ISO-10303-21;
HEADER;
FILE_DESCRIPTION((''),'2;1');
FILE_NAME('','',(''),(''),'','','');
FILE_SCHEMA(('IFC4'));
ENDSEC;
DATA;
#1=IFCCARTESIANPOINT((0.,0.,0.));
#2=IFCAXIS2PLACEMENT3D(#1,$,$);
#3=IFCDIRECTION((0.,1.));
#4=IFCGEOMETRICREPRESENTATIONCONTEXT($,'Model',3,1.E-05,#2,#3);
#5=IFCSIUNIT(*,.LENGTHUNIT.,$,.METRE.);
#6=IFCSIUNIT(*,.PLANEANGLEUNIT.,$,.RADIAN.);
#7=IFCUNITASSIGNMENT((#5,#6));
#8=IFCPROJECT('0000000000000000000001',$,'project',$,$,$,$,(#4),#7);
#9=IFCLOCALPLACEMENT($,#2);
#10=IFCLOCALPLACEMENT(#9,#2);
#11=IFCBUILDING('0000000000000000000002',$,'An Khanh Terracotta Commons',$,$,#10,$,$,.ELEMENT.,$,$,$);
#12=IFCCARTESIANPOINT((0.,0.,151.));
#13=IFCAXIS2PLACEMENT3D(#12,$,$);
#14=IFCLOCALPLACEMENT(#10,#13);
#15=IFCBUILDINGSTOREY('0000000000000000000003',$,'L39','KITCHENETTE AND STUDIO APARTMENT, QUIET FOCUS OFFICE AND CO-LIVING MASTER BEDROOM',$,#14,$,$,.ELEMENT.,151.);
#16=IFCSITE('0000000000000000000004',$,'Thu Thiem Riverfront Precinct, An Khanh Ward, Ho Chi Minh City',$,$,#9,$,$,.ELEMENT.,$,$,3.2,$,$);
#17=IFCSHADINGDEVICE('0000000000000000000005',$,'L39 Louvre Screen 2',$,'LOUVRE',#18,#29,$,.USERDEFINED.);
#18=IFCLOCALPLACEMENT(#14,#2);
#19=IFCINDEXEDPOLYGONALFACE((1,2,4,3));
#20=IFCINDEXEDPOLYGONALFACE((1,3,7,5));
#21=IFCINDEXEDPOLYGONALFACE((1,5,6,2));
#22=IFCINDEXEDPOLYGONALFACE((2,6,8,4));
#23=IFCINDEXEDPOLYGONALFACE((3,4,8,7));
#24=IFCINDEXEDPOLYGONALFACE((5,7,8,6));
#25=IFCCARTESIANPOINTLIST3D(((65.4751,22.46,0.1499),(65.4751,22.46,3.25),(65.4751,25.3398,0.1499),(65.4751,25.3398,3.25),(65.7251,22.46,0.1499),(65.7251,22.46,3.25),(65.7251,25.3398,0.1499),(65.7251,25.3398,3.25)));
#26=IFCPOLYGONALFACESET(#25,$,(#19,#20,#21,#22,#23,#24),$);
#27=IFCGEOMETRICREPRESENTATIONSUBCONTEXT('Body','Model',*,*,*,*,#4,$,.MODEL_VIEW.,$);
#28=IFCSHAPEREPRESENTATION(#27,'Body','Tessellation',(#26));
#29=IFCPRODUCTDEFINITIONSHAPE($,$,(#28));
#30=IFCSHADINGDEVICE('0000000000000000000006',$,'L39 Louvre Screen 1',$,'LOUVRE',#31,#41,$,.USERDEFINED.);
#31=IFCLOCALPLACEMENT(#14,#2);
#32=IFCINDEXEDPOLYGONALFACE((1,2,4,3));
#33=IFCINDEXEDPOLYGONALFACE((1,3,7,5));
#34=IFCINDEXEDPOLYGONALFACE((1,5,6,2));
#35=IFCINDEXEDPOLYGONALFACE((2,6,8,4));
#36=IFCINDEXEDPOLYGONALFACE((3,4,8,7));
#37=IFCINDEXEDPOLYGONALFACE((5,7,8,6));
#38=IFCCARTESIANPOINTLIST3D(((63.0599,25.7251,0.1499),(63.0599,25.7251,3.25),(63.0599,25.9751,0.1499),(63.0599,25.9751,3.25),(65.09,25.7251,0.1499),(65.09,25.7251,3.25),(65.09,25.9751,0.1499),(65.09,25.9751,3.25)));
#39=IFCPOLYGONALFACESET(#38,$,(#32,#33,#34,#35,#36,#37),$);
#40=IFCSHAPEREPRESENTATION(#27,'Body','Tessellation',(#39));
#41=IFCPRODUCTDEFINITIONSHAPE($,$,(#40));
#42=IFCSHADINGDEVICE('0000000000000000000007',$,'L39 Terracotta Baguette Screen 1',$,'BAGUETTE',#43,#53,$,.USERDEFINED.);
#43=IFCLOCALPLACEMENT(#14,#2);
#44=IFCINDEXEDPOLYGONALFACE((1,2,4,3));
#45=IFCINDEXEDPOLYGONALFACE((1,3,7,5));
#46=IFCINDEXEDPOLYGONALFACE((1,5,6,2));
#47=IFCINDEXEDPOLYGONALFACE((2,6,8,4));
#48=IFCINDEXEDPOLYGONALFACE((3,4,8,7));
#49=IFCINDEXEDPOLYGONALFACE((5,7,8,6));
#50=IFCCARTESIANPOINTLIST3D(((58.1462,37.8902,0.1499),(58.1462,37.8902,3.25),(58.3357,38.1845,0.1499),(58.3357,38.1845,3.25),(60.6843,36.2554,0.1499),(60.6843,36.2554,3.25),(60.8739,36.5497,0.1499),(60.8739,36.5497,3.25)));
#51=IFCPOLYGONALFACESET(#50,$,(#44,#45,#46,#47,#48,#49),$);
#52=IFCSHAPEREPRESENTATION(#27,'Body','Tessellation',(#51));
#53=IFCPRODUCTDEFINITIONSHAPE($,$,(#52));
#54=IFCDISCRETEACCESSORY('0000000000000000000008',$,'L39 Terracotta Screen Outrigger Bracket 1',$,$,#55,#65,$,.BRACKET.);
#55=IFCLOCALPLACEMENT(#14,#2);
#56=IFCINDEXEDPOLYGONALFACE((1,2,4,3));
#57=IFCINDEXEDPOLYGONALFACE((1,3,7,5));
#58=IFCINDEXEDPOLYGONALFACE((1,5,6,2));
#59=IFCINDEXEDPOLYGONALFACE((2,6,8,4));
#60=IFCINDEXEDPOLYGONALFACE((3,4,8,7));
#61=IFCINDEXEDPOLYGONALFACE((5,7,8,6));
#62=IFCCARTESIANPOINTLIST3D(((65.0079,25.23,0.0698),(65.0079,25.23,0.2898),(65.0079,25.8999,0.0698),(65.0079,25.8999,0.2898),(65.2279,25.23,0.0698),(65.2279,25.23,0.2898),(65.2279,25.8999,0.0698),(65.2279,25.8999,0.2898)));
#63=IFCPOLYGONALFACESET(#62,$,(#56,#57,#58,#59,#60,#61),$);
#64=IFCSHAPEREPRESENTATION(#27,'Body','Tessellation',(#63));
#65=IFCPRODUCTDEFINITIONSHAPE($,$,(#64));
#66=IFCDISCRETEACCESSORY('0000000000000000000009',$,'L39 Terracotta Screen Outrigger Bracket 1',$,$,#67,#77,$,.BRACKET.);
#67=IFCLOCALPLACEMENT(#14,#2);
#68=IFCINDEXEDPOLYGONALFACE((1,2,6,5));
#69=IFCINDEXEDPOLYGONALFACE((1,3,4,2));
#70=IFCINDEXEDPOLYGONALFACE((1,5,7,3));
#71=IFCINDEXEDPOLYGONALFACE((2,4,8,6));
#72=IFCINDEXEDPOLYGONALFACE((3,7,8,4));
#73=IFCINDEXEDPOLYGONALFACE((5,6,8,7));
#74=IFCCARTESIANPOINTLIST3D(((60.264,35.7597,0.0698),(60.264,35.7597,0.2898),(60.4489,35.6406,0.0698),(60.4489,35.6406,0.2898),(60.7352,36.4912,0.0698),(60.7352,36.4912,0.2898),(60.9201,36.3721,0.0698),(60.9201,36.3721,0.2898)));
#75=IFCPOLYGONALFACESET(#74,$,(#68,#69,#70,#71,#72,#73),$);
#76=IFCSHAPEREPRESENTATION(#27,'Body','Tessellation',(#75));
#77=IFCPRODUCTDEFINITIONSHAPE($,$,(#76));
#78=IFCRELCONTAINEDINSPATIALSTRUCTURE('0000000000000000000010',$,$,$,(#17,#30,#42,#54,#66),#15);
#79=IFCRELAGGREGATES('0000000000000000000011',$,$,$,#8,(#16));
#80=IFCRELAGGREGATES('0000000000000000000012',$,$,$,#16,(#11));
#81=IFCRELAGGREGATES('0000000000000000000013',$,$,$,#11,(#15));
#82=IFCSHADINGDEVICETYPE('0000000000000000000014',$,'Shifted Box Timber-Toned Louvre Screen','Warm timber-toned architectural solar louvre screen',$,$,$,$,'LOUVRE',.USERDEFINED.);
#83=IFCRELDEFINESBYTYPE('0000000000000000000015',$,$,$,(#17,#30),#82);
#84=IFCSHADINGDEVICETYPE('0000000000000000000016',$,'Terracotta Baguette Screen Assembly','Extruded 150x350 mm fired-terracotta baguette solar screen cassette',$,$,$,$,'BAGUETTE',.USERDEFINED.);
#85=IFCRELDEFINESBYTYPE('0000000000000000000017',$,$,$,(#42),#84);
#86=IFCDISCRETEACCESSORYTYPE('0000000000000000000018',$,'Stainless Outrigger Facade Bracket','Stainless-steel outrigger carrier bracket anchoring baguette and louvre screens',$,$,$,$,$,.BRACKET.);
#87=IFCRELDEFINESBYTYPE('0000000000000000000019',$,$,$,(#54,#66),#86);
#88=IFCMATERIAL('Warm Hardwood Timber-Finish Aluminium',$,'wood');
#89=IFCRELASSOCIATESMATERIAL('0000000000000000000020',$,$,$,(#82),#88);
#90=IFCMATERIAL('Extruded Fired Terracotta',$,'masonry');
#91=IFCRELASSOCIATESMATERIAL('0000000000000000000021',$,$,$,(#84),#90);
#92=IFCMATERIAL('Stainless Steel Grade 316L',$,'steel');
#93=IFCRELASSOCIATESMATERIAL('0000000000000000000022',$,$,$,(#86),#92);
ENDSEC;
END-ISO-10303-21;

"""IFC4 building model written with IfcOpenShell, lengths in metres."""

from ifc_helpers import new_model, si_unit, direction, frame, origin, origin_2d, place, context, subcontext, project, spatial, rectangle, extrude, material, type_object, element, save


model = new_model("IFC4")

# Units and contexts
model_context = context("Model", 3, precision=1e-05, world=origin(), true_north=direction((0.0, 1.0)))
body_context = subcontext(model_context, "Body", "Model", "MODEL_VIEW")
ifc_project = project(units=[si_unit("LENGTHUNIT", "METRE"), si_unit("PLANEANGLEUNIT", "RADIAN")], contexts=[model_context])

# Site, building, storey
site_placement = place(None, origin())
site = spatial("IfcSite", under=ifc_project, at=site_placement, Name="Thu Thiem Riverfront Precinct, An Khanh Ward, Ho Chi Minh City", CompositionType="ELEMENT", RefElevation=3.2)
building_placement = place(site_placement, origin())
building = spatial("IfcBuilding", under=site, at=building_placement, Name="An Khanh Terracotta Commons", CompositionType="ELEMENT")
storey_placement = place(building_placement, frame((0.0, 0.0, 151.0)))
storey = spatial("IfcBuildingStorey", under=building, at=storey_placement, Name="L39", Description="KITCHENETTE AND STUDIO APARTMENT, QUIET FOCUS OFFICE AND CO-LIVING MASTER BEDROOM", CompositionType="ELEMENT", Elevation=151.0)

# Shading devices
ifc_material_1 = material(Name="Warm Hardwood Timber-Finish Aluminium", Category="wood")
shading_device_type_1 = type_object("IfcShadingDeviceType", Name="Shifted Box Timber-Toned Louvre Screen", Description="Warm timber-toned architectural solar louvre screen", ElementType="LOUVRE", PredefinedType="USERDEFINED", material=ifc_material_1)
shading_device_1_placement = place(storey_placement, frame((65.6001, 23.8999, 0.1499), z_axis=(0.0, 0.0, 1.0), x_axis=(0.0, 1.0, 0.0)))
element("IfcShadingDevice", 1, at=shading_device_1_placement, inside=storey, type_object=shading_device_type_1, Name="L39 Louvre Screen 2", ObjectType="LOUVRE", PredefinedType="USERDEFINED", context=body_context, shape_type="SweptSolid", body=[
    extrude(rectangle(XDim=2.8799, YDim=0.25, at=origin_2d()), origin(), (0.0, 0.0, 1.0), 3.1001),
])
shading_device_2_placement = place(storey_placement, frame((64.075, 25.8501, 0.1499), z_axis=(0.0, 0.0, 1.0), x_axis=(-1.0, 0.0, 0.0)))
element("IfcShadingDevice", 2, at=shading_device_2_placement, inside=storey, type_object=shading_device_type_1, Name="L39 Louvre Screen 1", ObjectType="LOUVRE", PredefinedType="USERDEFINED", context=body_context, shape_type="SweptSolid", body=[
    extrude(rectangle(XDim=2.03, YDim=0.25, at=origin_2d()), origin(), (0.0, 0.0, 1.0), 3.1001),
])
ifc_material_2 = material(Name="Extruded Fired Terracotta", Category="masonry")
shading_device_type_2 = type_object("IfcShadingDeviceType", Name="Terracotta Baguette Screen Assembly", Description="Extruded 150x350 mm fired-terracotta baguette solar screen cassette", ElementType="BAGUETTE", PredefinedType="USERDEFINED", material=ifc_material_2)
shading_device_3_placement = place(storey_placement, frame((59.51, 37.22, 0.1499), z_axis=(0.0, 0.0, 1.0), x_axis=(-0.840702, 0.541498, 0.0)))
element("IfcShadingDevice", 3, at=shading_device_3_placement, inside=storey, type_object=shading_device_type_2, Name="L39 Terracotta Baguette Screen 1", ObjectType="BAGUETTE", PredefinedType="USERDEFINED", context=body_context, shape_type="SweptSolid", body=[
    extrude(rectangle(XDim=3.019, YDim=0.3501, at=origin_2d()), origin(), (0.0, 0.0, 1.0), 3.1001),
])

# Discrete accessories
ifc_material_3 = material(Name="Stainless Steel Grade 316L", Category="steel")
discrete_accessory_type = type_object("IfcDiscreteAccessoryType", Name="Stainless Outrigger Facade Bracket", Description="Stainless-steel outrigger carrier bracket anchoring baguette and louvre screens", PredefinedType="BRACKET", material=ifc_material_3)
discrete_accessory_1_placement = place(storey_placement, frame((65.1179, 25.5649, 0.0698), z_axis=(0.0, 0.0, 1.0), x_axis=(-1.0, 0.0, 0.0)))
element("IfcDiscreteAccessory", 4, at=discrete_accessory_1_placement, inside=storey, type_object=discrete_accessory_type, Name="L39 Terracotta Screen Outrigger Bracket 1", PredefinedType="BRACKET", context=body_context, shape_type="SweptSolid", body=[
    extrude(rectangle(XDim=0.22, YDim=0.6699, at=origin_2d()), origin(), (0.0, 0.0, 1.0), 0.22),
])
discrete_accessory_2_placement = place(storey_placement, frame((60.592, 36.0659, 0.0698), z_axis=(0.0, 0.0, 1.0), x_axis=(-0.840702, 0.541498, 0.0)))
element("IfcDiscreteAccessory", 5, at=discrete_accessory_2_placement, inside=storey, type_object=discrete_accessory_type, Name="L39 Terracotta Screen Outrigger Bracket 1", PredefinedType="BRACKET", context=body_context, shape_type="SweptSolid", body=[
    extrude(rectangle(XDim=0.22, YDim=0.8701, at=origin_2d()), origin(), (0.0, 0.0, 1.0), 0.22),
])

save(model, "model.ifc")
